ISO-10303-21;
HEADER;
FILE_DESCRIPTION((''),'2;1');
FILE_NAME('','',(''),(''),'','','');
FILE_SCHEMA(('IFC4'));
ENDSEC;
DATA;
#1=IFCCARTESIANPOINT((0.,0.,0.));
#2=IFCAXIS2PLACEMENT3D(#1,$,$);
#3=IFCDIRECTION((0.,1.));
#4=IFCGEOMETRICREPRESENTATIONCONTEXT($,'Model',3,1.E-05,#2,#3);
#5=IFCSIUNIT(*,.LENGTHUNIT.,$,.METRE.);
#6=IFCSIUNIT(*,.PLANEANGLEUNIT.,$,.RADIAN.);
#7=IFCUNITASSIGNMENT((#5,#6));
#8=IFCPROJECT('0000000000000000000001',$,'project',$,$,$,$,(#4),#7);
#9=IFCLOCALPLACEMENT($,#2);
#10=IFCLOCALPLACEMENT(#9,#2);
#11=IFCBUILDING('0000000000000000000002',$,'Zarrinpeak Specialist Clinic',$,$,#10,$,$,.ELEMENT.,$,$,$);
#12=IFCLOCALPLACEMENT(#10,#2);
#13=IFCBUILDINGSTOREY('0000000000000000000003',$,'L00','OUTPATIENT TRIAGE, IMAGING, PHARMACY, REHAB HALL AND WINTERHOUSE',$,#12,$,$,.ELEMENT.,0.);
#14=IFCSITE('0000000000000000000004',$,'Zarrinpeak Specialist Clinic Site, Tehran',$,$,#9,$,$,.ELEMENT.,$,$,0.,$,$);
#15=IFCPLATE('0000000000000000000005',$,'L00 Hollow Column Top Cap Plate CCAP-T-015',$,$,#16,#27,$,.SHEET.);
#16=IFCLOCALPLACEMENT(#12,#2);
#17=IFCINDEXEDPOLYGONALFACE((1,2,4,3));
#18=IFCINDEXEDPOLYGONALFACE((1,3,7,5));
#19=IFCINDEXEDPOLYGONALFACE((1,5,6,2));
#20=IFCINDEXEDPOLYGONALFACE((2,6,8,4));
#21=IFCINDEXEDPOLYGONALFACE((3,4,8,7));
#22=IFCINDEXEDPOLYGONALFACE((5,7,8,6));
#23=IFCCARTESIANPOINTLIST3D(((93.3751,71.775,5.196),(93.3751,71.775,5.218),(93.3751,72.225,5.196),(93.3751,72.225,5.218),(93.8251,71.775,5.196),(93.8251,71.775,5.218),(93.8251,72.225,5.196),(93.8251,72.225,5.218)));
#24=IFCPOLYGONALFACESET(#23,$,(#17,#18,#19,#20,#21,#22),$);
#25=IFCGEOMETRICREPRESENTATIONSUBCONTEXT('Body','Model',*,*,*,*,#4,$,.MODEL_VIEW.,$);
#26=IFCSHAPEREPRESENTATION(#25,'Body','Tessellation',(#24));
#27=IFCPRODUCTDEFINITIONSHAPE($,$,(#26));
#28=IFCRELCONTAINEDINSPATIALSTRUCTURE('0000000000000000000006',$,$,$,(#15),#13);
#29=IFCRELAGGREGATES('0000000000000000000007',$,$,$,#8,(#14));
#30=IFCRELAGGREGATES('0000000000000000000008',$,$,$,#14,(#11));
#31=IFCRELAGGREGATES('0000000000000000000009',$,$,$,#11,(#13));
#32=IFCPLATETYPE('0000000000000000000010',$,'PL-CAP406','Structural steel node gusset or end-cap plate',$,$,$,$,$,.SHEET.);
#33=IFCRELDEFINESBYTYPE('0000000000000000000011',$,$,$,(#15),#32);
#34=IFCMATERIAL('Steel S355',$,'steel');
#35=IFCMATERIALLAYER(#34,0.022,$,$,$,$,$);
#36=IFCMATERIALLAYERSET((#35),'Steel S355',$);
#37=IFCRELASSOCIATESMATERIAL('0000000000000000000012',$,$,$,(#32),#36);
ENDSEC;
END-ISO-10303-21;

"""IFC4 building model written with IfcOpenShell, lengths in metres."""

from ifc_helpers import new_model, si_unit, direction, frame, origin, origin_2d, place, context, subcontext, project, spatial, rectangle, extrude, material, layer, layer_set, type_object, element, save


model = new_model("IFC4")

# Units and contexts
model_context = context("Model", 3, precision=1e-05, world=origin(), true_north=direction((0.0, 1.0)))
body_context = subcontext(model_context, "Body", "Model", "MODEL_VIEW")
ifc_project = project(units=[si_unit("LENGTHUNIT", "METRE"), si_unit("PLANEANGLEUNIT", "RADIAN")], contexts=[model_context])

# Site, building, storey
site_placement = place(None, origin())
site = spatial("IfcSite", under=ifc_project, at=site_placement, Name="Zarrinpeak Specialist Clinic Site, Tehran", CompositionType="ELEMENT", RefElevation=0.0)
building_placement = place(site_placement, origin())
building = spatial("IfcBuilding", under=site, at=building_placement, Name="Zarrinpeak Specialist Clinic", CompositionType="ELEMENT")
storey_placement = place(building_placement, origin())
storey = spatial("IfcBuildingStorey", under=building, at=storey_placement, Name="L00", Description="OUTPATIENT TRIAGE, IMAGING, PHARMACY, REHAB HALL AND WINTERHOUSE", CompositionType="ELEMENT", Elevation=0.0)

# Shared definitions
ifc_material_1 = material(Name="Steel S355", Category="steel")

# Plate
ifc_layer_1 = layer(ifc_material_1, 0.022)
ifc_layer_set_1 = layer_set([ifc_layer_1], Name="Steel S355")
plate_type_1 = type_object("IfcPlateType", Name="PL-CAP406", Description="Structural steel node gusset or end-cap plate", PredefinedType="SHEET", material=ifc_layer_set_1)
plate_1_placement = place(storey_placement, frame((93.6001, 72.0, 5.196), z_axis=(0.0, 0.0, 1.0), x_axis=(1.0, 0.0, 0.0)))
element("IfcPlate", 1, at=plate_1_placement, inside=storey, type_object=plate_type_1, Name="L00 Hollow Column Top Cap Plate CCAP-T-015", PredefinedType="SHEET", context=body_context, shape_type="SweptSolid", body=[
    extrude(rectangle(XDim=0.45, YDim=0.45, at=origin_2d()), origin(), (0.0, 0.0, 1.0), 0.022),
])

save(model, "model.ifc")
